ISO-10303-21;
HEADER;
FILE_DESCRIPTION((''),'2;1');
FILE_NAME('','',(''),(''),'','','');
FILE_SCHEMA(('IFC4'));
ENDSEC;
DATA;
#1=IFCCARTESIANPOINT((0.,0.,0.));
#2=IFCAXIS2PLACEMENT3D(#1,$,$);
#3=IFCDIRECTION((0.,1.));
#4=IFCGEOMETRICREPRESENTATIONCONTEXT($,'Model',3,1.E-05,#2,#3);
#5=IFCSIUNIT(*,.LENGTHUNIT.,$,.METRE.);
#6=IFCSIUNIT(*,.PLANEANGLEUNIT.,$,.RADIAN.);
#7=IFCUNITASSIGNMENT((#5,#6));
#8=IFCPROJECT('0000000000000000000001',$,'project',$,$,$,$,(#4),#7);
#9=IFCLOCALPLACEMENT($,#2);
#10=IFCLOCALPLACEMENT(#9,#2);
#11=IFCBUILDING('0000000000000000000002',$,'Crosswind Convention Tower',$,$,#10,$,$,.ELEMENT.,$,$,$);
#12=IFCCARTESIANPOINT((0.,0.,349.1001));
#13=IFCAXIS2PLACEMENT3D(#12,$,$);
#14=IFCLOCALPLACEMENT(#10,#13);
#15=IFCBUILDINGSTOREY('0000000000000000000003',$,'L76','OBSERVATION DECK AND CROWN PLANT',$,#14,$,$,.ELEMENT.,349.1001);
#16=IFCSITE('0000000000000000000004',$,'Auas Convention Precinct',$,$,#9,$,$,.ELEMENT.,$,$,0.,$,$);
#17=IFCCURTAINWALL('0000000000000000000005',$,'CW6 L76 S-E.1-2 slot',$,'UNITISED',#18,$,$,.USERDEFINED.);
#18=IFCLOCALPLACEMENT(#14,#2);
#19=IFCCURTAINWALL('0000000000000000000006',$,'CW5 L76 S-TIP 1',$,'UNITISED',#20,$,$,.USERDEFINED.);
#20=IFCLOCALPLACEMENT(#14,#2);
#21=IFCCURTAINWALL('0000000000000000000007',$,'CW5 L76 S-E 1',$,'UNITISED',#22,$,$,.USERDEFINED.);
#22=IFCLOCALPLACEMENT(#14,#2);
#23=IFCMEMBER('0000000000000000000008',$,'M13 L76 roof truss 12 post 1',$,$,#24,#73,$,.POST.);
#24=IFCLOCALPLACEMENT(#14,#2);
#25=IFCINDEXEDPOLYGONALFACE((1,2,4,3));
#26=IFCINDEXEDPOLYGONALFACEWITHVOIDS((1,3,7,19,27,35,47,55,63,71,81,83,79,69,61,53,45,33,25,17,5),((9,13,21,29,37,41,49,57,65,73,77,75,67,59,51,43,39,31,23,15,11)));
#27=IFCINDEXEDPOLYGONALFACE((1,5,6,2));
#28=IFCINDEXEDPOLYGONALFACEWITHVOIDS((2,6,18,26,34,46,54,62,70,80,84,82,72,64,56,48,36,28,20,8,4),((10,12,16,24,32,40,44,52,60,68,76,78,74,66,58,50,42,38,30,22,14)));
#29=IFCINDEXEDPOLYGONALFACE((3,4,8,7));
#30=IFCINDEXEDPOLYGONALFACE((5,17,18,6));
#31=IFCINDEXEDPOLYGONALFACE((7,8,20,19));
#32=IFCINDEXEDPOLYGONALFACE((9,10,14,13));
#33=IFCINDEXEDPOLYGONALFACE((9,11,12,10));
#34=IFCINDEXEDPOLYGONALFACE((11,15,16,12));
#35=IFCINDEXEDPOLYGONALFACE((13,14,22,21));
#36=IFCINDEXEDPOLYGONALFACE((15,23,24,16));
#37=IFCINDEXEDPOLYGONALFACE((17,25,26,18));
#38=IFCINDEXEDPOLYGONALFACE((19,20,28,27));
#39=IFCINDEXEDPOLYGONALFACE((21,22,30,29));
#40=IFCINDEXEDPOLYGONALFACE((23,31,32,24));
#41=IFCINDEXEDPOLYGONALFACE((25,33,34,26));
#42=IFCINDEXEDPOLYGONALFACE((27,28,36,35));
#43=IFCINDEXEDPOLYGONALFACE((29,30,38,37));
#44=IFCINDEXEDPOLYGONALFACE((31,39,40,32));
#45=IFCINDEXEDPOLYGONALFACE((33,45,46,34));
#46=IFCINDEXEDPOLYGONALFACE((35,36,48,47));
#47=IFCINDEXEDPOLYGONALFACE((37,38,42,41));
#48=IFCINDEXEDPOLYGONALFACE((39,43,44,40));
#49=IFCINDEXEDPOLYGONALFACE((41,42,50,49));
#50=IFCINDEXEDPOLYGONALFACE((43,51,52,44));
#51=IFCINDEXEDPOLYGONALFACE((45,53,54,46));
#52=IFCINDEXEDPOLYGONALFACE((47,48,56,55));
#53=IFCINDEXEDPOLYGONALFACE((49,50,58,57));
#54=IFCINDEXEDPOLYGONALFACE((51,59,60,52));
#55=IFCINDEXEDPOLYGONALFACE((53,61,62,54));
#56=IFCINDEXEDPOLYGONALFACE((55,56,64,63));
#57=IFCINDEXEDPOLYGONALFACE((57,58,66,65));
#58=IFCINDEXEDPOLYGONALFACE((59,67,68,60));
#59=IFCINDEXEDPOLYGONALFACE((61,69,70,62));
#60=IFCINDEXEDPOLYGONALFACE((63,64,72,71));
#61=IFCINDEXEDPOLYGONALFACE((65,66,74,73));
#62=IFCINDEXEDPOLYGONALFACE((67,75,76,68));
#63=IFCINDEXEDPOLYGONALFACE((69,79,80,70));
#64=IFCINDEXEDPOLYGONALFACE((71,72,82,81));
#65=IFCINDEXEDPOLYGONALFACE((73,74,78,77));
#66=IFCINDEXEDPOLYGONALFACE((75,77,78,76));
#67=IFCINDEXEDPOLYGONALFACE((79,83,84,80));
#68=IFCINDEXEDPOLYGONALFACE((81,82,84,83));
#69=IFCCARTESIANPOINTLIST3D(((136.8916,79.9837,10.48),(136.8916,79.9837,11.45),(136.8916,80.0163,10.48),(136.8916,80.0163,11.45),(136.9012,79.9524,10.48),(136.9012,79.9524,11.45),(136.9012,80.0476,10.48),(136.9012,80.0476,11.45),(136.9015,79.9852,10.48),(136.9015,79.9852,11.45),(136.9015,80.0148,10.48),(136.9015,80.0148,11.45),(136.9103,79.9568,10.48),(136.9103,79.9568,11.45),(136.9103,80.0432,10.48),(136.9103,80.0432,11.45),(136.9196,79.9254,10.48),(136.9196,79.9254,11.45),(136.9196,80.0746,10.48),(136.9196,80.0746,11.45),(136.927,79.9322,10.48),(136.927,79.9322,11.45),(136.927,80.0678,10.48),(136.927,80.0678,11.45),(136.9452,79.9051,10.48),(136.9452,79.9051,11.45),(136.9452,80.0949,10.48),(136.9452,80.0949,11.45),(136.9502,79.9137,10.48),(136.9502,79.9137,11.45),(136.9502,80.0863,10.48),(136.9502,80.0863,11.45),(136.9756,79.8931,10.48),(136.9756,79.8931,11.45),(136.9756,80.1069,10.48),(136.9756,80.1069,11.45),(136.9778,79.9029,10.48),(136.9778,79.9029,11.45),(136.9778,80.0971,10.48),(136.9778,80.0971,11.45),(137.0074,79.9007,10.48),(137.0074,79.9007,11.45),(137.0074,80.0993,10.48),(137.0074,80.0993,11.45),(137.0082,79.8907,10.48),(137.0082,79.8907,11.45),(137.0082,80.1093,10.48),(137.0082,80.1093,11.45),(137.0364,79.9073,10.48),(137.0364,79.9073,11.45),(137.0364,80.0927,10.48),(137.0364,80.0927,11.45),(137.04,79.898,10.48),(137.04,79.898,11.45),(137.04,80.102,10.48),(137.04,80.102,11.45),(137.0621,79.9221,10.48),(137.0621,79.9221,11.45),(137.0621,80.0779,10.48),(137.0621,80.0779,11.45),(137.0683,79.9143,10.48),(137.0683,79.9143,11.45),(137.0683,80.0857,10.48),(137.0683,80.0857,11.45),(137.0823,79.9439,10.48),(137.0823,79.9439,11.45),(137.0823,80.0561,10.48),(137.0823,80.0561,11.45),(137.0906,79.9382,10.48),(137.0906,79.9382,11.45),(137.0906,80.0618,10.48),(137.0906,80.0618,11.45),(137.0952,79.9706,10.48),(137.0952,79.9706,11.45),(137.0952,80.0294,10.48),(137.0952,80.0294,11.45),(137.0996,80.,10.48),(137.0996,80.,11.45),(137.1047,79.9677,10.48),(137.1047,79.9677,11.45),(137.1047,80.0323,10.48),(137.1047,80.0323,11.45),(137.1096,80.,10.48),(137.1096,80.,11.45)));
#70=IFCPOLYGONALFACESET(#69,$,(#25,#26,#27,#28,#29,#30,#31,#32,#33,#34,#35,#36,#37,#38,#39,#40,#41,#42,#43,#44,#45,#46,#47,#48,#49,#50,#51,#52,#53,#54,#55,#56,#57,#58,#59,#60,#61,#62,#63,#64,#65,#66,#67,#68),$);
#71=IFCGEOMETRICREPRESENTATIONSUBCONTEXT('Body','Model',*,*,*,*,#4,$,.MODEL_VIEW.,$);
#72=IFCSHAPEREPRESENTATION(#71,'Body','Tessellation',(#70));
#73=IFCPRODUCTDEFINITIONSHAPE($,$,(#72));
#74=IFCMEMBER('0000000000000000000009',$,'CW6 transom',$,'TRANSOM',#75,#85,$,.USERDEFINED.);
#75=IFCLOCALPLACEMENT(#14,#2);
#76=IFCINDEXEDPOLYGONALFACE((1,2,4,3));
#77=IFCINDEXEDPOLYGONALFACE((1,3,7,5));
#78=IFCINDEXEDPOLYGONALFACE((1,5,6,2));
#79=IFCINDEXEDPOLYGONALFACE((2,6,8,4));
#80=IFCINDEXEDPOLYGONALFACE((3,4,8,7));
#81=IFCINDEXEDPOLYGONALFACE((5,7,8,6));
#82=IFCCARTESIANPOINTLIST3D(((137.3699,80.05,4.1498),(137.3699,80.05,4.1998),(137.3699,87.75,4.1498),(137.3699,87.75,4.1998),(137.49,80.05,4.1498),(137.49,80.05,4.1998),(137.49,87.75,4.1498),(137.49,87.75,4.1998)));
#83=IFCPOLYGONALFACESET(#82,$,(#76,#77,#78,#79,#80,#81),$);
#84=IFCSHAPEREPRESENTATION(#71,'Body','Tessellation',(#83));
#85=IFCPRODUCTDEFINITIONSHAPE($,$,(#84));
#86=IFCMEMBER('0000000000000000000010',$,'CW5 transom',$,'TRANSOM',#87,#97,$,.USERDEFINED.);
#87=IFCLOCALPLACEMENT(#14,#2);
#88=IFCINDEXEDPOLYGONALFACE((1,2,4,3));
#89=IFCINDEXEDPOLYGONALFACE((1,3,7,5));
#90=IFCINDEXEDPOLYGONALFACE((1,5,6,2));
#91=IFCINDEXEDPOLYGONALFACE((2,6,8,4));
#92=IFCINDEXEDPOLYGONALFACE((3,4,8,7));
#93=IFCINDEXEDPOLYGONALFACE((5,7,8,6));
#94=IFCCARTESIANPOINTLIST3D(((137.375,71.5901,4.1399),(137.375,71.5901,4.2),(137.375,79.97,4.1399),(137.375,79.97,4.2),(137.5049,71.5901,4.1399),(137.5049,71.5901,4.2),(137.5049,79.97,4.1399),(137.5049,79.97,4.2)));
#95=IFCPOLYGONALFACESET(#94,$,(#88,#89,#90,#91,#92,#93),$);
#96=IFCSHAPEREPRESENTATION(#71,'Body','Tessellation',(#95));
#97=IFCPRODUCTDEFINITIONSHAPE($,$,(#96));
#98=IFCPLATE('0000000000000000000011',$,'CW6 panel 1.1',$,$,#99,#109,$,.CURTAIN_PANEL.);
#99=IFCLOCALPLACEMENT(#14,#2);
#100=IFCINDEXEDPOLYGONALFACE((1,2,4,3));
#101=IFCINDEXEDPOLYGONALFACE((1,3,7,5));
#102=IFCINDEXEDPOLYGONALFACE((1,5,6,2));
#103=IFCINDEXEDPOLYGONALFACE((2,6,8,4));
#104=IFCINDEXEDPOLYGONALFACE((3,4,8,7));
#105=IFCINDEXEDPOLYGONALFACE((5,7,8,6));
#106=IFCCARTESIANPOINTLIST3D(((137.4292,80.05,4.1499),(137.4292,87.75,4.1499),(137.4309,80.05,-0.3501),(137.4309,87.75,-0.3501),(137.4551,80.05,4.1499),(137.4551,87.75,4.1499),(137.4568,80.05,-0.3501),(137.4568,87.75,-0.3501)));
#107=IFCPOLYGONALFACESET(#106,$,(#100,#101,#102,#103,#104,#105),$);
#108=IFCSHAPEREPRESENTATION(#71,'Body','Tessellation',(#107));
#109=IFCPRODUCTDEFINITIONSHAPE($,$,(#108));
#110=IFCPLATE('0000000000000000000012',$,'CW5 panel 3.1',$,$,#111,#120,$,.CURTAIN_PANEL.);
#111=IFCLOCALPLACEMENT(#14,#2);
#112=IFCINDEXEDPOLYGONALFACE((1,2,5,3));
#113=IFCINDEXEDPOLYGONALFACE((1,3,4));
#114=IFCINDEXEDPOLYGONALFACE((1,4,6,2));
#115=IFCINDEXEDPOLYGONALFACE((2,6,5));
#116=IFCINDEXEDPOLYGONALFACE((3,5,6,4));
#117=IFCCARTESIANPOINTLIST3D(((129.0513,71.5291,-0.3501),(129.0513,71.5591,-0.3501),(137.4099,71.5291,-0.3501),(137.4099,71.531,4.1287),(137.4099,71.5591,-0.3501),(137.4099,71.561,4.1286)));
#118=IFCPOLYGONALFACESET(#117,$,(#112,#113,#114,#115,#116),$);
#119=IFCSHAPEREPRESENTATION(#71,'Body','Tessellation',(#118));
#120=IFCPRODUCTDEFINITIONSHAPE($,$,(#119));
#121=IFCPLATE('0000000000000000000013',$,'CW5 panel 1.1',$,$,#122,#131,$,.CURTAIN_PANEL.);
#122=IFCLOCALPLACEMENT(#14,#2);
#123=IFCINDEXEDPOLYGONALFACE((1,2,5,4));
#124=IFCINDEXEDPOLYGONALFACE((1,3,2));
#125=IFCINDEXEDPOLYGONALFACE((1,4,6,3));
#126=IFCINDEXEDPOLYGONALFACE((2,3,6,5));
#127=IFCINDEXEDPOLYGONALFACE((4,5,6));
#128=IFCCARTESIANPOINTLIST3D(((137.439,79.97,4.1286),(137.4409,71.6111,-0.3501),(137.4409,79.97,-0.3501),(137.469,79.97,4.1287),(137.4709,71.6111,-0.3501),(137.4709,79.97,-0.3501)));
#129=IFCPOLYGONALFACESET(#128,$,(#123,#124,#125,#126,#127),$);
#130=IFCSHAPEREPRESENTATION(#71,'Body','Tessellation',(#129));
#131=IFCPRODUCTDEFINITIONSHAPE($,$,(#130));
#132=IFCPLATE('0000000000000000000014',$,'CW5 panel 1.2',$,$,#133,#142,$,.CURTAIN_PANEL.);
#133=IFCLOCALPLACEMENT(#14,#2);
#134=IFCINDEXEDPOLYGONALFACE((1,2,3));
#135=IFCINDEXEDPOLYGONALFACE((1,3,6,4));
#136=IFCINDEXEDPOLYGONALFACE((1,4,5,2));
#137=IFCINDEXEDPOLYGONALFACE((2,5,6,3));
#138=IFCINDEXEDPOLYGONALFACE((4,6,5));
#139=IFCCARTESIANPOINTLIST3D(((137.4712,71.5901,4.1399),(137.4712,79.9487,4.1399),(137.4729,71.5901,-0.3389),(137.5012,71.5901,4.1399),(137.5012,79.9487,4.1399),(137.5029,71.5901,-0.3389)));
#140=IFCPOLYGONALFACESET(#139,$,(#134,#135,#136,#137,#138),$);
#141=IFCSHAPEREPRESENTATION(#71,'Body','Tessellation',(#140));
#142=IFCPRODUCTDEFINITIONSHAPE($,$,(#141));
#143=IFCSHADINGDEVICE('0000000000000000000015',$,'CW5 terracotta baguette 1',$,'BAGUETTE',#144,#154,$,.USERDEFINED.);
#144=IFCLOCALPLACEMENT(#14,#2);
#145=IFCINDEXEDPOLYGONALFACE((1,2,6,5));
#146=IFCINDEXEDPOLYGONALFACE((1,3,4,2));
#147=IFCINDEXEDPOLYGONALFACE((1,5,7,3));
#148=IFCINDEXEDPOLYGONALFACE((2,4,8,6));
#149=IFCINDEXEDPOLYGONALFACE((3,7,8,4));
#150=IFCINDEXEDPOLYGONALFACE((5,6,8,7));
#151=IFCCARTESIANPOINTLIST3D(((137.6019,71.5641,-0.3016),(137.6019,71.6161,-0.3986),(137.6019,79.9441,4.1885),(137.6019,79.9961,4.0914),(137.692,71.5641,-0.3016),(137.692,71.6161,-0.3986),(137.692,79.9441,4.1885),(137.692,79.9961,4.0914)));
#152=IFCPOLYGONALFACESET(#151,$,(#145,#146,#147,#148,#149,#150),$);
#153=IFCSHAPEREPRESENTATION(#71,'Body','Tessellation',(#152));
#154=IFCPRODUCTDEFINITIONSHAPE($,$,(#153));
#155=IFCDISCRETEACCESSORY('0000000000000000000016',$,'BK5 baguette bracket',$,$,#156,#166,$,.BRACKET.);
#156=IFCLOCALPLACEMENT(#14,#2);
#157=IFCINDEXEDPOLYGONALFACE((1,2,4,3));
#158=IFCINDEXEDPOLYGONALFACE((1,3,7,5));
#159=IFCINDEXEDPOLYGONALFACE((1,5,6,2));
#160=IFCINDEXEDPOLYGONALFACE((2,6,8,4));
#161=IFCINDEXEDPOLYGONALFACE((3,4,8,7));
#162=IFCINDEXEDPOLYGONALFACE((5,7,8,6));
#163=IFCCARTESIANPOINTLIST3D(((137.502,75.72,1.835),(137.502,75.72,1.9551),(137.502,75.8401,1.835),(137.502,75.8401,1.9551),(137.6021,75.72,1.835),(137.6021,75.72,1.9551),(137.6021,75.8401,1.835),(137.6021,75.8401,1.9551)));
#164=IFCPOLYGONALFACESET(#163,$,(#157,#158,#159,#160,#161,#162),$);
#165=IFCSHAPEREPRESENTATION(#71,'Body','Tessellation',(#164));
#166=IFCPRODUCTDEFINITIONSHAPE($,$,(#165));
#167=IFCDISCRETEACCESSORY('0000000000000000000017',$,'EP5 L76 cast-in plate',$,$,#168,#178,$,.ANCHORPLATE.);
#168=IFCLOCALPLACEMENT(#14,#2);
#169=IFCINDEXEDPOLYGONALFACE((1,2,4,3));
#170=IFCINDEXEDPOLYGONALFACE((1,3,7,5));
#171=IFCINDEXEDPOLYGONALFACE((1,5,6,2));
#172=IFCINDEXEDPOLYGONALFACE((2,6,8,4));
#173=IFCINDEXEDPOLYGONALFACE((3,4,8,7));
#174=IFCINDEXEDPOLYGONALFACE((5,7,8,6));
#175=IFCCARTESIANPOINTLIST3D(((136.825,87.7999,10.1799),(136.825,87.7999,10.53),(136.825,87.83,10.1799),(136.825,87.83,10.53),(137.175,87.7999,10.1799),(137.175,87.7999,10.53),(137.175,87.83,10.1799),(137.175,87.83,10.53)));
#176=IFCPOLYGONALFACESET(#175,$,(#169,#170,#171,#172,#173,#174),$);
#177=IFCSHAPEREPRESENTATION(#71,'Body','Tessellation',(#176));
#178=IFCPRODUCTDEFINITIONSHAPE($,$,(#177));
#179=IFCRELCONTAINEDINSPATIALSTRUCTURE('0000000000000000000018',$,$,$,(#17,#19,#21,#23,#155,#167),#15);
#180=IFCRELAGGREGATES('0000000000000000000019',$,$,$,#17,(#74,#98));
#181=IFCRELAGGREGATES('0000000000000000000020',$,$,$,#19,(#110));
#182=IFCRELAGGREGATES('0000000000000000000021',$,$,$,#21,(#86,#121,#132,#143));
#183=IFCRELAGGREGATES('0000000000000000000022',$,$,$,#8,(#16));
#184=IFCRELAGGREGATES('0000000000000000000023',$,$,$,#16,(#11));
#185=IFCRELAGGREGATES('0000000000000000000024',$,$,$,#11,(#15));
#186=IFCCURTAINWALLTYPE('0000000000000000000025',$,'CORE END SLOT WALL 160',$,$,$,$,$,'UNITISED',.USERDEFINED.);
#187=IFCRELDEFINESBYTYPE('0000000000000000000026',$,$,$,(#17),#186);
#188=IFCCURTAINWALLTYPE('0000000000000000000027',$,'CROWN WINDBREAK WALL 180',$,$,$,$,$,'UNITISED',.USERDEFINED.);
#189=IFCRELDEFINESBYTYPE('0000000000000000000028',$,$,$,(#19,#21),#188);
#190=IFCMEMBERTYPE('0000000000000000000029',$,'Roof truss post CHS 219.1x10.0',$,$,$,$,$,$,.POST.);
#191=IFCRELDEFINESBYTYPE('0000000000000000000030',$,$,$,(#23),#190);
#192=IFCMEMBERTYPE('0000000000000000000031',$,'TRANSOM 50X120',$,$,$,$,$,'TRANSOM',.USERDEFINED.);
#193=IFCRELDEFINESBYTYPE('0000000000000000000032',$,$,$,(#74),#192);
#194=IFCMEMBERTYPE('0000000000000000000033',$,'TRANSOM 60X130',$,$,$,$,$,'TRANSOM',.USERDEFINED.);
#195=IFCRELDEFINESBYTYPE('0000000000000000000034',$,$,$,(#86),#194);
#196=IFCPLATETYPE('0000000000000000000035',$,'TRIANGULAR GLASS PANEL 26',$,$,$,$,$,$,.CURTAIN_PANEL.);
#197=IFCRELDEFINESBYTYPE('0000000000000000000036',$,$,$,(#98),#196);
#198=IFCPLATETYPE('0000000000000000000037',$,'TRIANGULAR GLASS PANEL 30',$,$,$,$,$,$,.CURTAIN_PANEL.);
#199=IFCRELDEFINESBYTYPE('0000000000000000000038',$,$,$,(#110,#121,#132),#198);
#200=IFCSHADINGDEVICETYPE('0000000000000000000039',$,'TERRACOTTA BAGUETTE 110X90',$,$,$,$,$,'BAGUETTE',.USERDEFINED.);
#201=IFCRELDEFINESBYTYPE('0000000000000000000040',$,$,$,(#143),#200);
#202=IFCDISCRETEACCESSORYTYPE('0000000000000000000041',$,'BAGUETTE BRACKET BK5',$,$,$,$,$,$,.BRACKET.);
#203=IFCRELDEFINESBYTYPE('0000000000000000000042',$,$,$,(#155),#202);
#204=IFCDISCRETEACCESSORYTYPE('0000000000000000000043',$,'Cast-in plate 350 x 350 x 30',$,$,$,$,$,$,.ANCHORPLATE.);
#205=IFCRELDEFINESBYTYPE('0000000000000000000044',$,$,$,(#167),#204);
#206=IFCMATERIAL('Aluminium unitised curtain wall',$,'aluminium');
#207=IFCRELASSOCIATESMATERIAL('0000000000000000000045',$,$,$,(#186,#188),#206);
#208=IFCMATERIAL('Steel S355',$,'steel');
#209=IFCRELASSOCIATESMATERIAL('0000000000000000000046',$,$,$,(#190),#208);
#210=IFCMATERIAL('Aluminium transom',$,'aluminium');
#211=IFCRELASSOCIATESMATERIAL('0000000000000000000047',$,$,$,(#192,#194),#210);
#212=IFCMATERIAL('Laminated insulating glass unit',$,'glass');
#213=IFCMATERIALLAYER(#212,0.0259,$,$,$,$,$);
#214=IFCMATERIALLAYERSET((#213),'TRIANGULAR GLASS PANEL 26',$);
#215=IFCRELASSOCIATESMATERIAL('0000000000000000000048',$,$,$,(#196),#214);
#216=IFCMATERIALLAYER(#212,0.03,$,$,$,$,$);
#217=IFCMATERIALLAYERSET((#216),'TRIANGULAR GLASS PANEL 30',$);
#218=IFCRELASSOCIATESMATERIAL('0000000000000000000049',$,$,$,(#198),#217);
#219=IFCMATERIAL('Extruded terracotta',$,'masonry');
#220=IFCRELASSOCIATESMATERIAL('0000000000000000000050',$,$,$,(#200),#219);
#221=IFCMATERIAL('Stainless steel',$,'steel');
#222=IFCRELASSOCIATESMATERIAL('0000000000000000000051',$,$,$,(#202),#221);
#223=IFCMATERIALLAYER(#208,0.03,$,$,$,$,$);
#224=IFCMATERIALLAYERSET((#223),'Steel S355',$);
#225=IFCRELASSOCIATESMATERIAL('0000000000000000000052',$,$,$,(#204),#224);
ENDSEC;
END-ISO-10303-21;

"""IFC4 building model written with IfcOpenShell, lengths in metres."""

from ifc_helpers import new_model, si_unit, direction, frame, origin, origin_2d, place, context, subcontext, project, spatial, polyline, rectangle, hollow_circle, outline, extrude, material, layer, layer_set, material_profile, profile_set, type_object, element, aggregate, save


model = new_model("IFC4")

# Units and contexts
model_context = context("Model", 3, precision=1e-05, world=origin(), true_north=direction((0.0, 1.0)))
body_context = subcontext(model_context, "Body", "Model", "MODEL_VIEW")
ifc_project = project(units=[si_unit("LENGTHUNIT", "METRE"), si_unit("PLANEANGLEUNIT", "RADIAN")], contexts=[model_context])

# Site, building, storey
site_placement = place(None, origin())
site = spatial("IfcSite", under=ifc_project, at=site_placement, Name="Auas Convention Precinct", CompositionType="ELEMENT", RefElevation=0.0)
building_placement = place(site_placement, origin())
building = spatial("IfcBuilding", under=site, at=building_placement, Name="Crosswind Convention Tower", CompositionType="ELEMENT")
storey_placement = place(building_placement, frame((0.0, 0.0, 349.1001)))
storey = spatial("IfcBuildingStorey", under=building, at=storey_placement, Name="L76", Description="OBSERVATION DECK AND CROWN PLANT", CompositionType="ELEMENT", Elevation=349.1001)

# Shared definitions
ifc_material_1 = material(Name="Steel S355", Category="steel")

# Curtain wall
ifc_material_2 = material(Name="Aluminium unitised curtain wall", Category="aluminium")
curtain_wall_type_1 = type_object("IfcCurtainWallType", Name="CORE END SLOT WALL 160", ElementType="UNITISED", PredefinedType="USERDEFINED", material=ifc_material_2)
curtain_wall_1_placement = place(storey_placement, origin())
curtain_wall_1 = element("IfcCurtainWall", 1, at=curtain_wall_1_placement, inside=storey, type_object=curtain_wall_type_1, Name="CW6 L76 S-E.1-2 slot", ObjectType="UNITISED", PredefinedType="USERDEFINED")

# Curtain walls
curtain_wall_type_2 = type_object("IfcCurtainWallType", Name="CROWN WINDBREAK WALL 180", ElementType="UNITISED", PredefinedType="USERDEFINED", material=ifc_material_2)
curtain_wall_2_placement = place(storey_placement, origin())
curtain_wall_2 = element("IfcCurtainWall", 2, at=curtain_wall_2_placement, inside=storey, type_object=curtain_wall_type_2, Name="CW5 L76 S-TIP 1", ObjectType="UNITISED", PredefinedType="USERDEFINED")
curtain_wall_3_placement = place(storey_placement, origin())
curtain_wall_3 = element("IfcCurtainWall", 3, at=curtain_wall_3_placement, inside=storey, type_object=curtain_wall_type_2, Name="CW5 L76 S-E 1", ObjectType="UNITISED", PredefinedType="USERDEFINED")

# Member
ifc_material_profile_1 = material_profile(ifc_material_1, hollow_circle(Radius=0.1096, WallThickness=0.01, at=origin_2d()), Name="CHS 219.1x10.0")
ifc_profile_set_1 = profile_set([ifc_material_profile_1], Name="Steel S355")
member_type_1 = type_object("IfcMemberType", Name="Roof truss post CHS 219.1x10.0", PredefinedType="POST", material=ifc_profile_set_1)
for number, where, z_axis, x_axis, name in (
    (4, (137.0, 80.0, 10.48), (0.0, 0.0, 1.0), (1.0, 0.0, 0.0), "M13 L76 roof truss 12 post 1"),
):
    element("IfcMember", number, at=place(storey_placement, frame(where, z_axis=z_axis, x_axis=x_axis)), inside=storey, type_object=member_type_1, Name=name, PredefinedType="POST", context=body_context, shape_type="SweptSolid", body=[
        extrude(hollow_circle(Radius=0.1096, WallThickness=0.01, at=origin_2d()), origin(), (0.0, 0.0, 1.0), 0.97),
    ])

# Members
ifc_material_3 = material(Name="Aluminium transom", Category="aluminium")
ifc_material_profile_2 = material_profile(ifc_material_3, rectangle(XDim=0.1201, YDim=0.05, at=origin_2d()), Name="AL 120X50")
ifc_profile_set_2 = profile_set([ifc_material_profile_2], Name="Aluminium transom")
member_type_2 = type_object("IfcMemberType", Name="TRANSOM 50X120", ElementType="TRANSOM", PredefinedType="USERDEFINED", material=ifc_profile_set_2)
member_1_placement = place(storey_placement, frame((137.4299, 80.05, 4.1748), z_axis=(0.0, 1.0, 0.0), x_axis=(-1.0, 0.0, 0.0)))
member_1 = element("IfcMember", 5, at=member_1_placement, type_object=member_type_2, Name="CW6 transom", ObjectType="TRANSOM", PredefinedType="USERDEFINED", context=body_context, shape_type="SweptSolid", body=[
    extrude(rectangle(XDim=0.1201, YDim=0.05, at=origin_2d()), origin(), (0.0, 0.0, 1.0), 7.7),
])
ifc_material_profile_3 = material_profile(ifc_material_3, rectangle(XDim=0.1299, YDim=0.0601, at=origin_2d()), Name="AL 130X60")
ifc_profile_set_3 = profile_set([ifc_material_profile_3], Name="Aluminium transom")
member_type_3 = type_object("IfcMemberType", Name="TRANSOM 60X130", ElementType="TRANSOM", PredefinedType="USERDEFINED", material=ifc_profile_set_3)
member_2_placement = place(storey_placement, frame((137.4399, 71.5901, 4.1699), z_axis=(0.0, 1.0, 0.0), x_axis=(-1.0, 0.0, 0.0)))
member_2 = element("IfcMember", 6, at=member_2_placement, type_object=member_type_3, Name="CW5 transom", ObjectType="TRANSOM", PredefinedType="USERDEFINED", context=body_context, shape_type="SweptSolid", body=[
    extrude(rectangle(XDim=0.1299, YDim=0.0601, at=origin_2d()), origin(), (0.0, 0.0, 1.0), 8.3799),
])

# Plates
ifc_material_4 = material(Name="Laminated insulating glass unit", Category="glass")
ifc_layer_1 = layer(ifc_material_4, 0.0259)
ifc_layer_set_1 = layer_set([ifc_layer_1], Name="TRIANGULAR GLASS PANEL 26")
plate_type_1 = type_object("IfcPlateType", Name="TRIANGULAR GLASS PANEL 26", PredefinedType="CURTAIN_PANEL", material=ifc_layer_set_1)
plate_1_placement = place(storey_placement, frame((137.4568, 80.05, -0.3501), z_axis=(1.0, 0.0, 0.00038), x_axis=(0.0, 1.0, 0.0)))
plate_1 = element("IfcPlate", 7, at=plate_1_placement, type_object=plate_type_1, Name="CW6 panel 1.1", PredefinedType="CURTAIN_PANEL", context=body_context, shape_type="SweptSolid", body=[
    extrude(outline(polyline([(0.0, 0.0), (7.7, 0.0), (7.7, 4.5), (0.0, 4.5), (0.0, 0.0)])), origin(), (0.0, 0.0, -1.0), 0.0259),
])
aggregate(curtain_wall_1, [member_1, plate_1])
ifc_layer_2 = layer(ifc_material_4, 0.03)
ifc_layer_set_2 = layer_set([ifc_layer_2], Name="TRIANGULAR GLASS PANEL 30")
plate_type_2 = type_object("IfcPlateType", Name="TRIANGULAR GLASS PANEL 30", PredefinedType="CURTAIN_PANEL", material=ifc_layer_set_2)
plate_2_placement = place(storey_placement, frame((137.4099, 71.5291, -0.3501), z_axis=(0.0, -1.0, 0.000436), x_axis=(0.0, 0.000436, 1.0)))
plate_2 = element("IfcPlate", 8, at=plate_2_placement, type_object=plate_type_2, Name="CW5 panel 3.1", PredefinedType="CURTAIN_PANEL", context=body_context, shape_type="SweptSolid", body=[
    extrude(outline(polyline([(0.0, 0.0), (4.4788, 0.0), (0.0, 8.3586), (0.0, 0.0)])), origin(), (0.0, 0.0, -1.0), 0.03),
])
aggregate(curtain_wall_2, [plate_2])
plate_3_placement = place(storey_placement, frame((137.4709, 79.97, -0.3501), z_axis=(1.0, 0.0, 0.000436), x_axis=(-0.000436, 0.0, 1.0)))
plate_3 = element("IfcPlate", 9, at=plate_3_placement, type_object=plate_type_2, Name="CW5 panel 1.1", PredefinedType="CURTAIN_PANEL", context=body_context, shape_type="SweptSolid", body=[
    extrude(outline(polyline([(0.0, 0.0), (4.4788, 0.0), (0.0, 8.3589), (0.0, 0.0)])), origin(), (0.0, 0.0, -1.0), 0.03),
])
plate_4_placement = place(storey_placement, frame((137.5012, 71.5901, 4.1399), z_axis=(1.0, 0.0, 0.000382), x_axis=(0.000382, 0.0, -1.0)))
plate_4 = element("IfcPlate", 10, at=plate_4_placement, type_object=plate_type_2, Name="CW5 panel 1.2", PredefinedType="CURTAIN_PANEL", context=body_context, shape_type="SweptSolid", body=[
    extrude(outline(polyline([(0.0, 0.0), (4.4788, 0.0), (0.0, 8.3586), (0.0, 0.0)])), origin(), (0.0, 0.0, -1.0), 0.03),
])

# Shading device
ifc_material_5 = material(Name="Extruded terracotta", Category="masonry")
ifc_material_profile_4 = material_profile(ifc_material_5, rectangle(XDim=0.0901, YDim=0.1101, at=origin_2d()), Name="TC 90X110")
ifc_profile_set_4 = profile_set([ifc_material_profile_4], Name="Extruded terracotta")
shading_device_type = type_object("IfcShadingDeviceType", Name="TERRACOTTA BAGUETTE 110X90", ElementType="BAGUETTE", PredefinedType="USERDEFINED", material=ifc_profile_set_4)
shading_device_placement = place(storey_placement, frame((137.647, 71.5901, -0.3501), z_axis=(0.0, 0.881446, 0.472284), x_axis=(-1.0, 0.0, 0.0)))
shading_device = element("IfcShadingDevice", 11, at=shading_device_placement, type_object=shading_device_type, Name="CW5 terracotta baguette 1", ObjectType="BAGUETTE", PredefinedType="USERDEFINED", context=body_context, shape_type="SweptSolid", body=[
    extrude(rectangle(XDim=0.0901, YDim=0.1101, at=origin_2d()), origin(), (0.0, 0.0, 1.0), 9.5071),
])
aggregate(curtain_wall_3, [member_2, plate_3, plate_4, shading_device])

# Discrete accessories
ifc_material_6 = material(Name="Stainless steel", Category="steel")
discrete_accessory_type_1 = type_object("IfcDiscreteAccessoryType", Name="BAGUETTE BRACKET BK5", PredefinedType="BRACKET", material=ifc_material_6)
discrete_accessory_placement = place(storey_placement, frame((137.552, 75.78, 1.835), z_axis=(0.0, 0.0, 1.0), x_axis=(0.0, 1.0, 0.0)))
element("IfcDiscreteAccessory", 12, at=discrete_accessory_placement, inside=storey, type_object=discrete_accessory_type_1, Name="BK5 baguette bracket", PredefinedType="BRACKET", context=body_context, shape_type="SweptSolid", body=[
    extrude(rectangle(XDim=0.1201, YDim=0.1001, at=origin_2d()), origin(), (0.0, 0.0, 1.0), 0.1201),
])
ifc_layer_3 = layer(ifc_material_1, 0.03)
ifc_layer_set_3 = layer_set([ifc_layer_3], Name="Steel S355")
discrete_accessory_type_2 = type_object("IfcDiscreteAccessoryType", Name="Cast-in plate 350 x 350 x 30", PredefinedType="ANCHORPLATE", material=ifc_layer_set_3)
for number, where, z_axis, x_axis, name in (
    (13, (137.0, 87.8149, 10.1799), (0.0, 0.0, 1.0), (1.0, 0.0, 0.0), "EP5 L76 cast-in plate"),
):
    element("IfcDiscreteAccessory", number, at=place(storey_placement, frame(where, z_axis=z_axis, x_axis=x_axis)), inside=storey, type_object=discrete_accessory_type_2, Name=name, PredefinedType="ANCHORPLATE", context=body_context, shape_type="SweptSolid", body=[
        extrude(rectangle(XDim=0.3501, YDim=0.03, at=origin_2d()), origin(), (0.0, 0.0, 1.0), 0.3501),
    ])

save(model, "model.ifc")
